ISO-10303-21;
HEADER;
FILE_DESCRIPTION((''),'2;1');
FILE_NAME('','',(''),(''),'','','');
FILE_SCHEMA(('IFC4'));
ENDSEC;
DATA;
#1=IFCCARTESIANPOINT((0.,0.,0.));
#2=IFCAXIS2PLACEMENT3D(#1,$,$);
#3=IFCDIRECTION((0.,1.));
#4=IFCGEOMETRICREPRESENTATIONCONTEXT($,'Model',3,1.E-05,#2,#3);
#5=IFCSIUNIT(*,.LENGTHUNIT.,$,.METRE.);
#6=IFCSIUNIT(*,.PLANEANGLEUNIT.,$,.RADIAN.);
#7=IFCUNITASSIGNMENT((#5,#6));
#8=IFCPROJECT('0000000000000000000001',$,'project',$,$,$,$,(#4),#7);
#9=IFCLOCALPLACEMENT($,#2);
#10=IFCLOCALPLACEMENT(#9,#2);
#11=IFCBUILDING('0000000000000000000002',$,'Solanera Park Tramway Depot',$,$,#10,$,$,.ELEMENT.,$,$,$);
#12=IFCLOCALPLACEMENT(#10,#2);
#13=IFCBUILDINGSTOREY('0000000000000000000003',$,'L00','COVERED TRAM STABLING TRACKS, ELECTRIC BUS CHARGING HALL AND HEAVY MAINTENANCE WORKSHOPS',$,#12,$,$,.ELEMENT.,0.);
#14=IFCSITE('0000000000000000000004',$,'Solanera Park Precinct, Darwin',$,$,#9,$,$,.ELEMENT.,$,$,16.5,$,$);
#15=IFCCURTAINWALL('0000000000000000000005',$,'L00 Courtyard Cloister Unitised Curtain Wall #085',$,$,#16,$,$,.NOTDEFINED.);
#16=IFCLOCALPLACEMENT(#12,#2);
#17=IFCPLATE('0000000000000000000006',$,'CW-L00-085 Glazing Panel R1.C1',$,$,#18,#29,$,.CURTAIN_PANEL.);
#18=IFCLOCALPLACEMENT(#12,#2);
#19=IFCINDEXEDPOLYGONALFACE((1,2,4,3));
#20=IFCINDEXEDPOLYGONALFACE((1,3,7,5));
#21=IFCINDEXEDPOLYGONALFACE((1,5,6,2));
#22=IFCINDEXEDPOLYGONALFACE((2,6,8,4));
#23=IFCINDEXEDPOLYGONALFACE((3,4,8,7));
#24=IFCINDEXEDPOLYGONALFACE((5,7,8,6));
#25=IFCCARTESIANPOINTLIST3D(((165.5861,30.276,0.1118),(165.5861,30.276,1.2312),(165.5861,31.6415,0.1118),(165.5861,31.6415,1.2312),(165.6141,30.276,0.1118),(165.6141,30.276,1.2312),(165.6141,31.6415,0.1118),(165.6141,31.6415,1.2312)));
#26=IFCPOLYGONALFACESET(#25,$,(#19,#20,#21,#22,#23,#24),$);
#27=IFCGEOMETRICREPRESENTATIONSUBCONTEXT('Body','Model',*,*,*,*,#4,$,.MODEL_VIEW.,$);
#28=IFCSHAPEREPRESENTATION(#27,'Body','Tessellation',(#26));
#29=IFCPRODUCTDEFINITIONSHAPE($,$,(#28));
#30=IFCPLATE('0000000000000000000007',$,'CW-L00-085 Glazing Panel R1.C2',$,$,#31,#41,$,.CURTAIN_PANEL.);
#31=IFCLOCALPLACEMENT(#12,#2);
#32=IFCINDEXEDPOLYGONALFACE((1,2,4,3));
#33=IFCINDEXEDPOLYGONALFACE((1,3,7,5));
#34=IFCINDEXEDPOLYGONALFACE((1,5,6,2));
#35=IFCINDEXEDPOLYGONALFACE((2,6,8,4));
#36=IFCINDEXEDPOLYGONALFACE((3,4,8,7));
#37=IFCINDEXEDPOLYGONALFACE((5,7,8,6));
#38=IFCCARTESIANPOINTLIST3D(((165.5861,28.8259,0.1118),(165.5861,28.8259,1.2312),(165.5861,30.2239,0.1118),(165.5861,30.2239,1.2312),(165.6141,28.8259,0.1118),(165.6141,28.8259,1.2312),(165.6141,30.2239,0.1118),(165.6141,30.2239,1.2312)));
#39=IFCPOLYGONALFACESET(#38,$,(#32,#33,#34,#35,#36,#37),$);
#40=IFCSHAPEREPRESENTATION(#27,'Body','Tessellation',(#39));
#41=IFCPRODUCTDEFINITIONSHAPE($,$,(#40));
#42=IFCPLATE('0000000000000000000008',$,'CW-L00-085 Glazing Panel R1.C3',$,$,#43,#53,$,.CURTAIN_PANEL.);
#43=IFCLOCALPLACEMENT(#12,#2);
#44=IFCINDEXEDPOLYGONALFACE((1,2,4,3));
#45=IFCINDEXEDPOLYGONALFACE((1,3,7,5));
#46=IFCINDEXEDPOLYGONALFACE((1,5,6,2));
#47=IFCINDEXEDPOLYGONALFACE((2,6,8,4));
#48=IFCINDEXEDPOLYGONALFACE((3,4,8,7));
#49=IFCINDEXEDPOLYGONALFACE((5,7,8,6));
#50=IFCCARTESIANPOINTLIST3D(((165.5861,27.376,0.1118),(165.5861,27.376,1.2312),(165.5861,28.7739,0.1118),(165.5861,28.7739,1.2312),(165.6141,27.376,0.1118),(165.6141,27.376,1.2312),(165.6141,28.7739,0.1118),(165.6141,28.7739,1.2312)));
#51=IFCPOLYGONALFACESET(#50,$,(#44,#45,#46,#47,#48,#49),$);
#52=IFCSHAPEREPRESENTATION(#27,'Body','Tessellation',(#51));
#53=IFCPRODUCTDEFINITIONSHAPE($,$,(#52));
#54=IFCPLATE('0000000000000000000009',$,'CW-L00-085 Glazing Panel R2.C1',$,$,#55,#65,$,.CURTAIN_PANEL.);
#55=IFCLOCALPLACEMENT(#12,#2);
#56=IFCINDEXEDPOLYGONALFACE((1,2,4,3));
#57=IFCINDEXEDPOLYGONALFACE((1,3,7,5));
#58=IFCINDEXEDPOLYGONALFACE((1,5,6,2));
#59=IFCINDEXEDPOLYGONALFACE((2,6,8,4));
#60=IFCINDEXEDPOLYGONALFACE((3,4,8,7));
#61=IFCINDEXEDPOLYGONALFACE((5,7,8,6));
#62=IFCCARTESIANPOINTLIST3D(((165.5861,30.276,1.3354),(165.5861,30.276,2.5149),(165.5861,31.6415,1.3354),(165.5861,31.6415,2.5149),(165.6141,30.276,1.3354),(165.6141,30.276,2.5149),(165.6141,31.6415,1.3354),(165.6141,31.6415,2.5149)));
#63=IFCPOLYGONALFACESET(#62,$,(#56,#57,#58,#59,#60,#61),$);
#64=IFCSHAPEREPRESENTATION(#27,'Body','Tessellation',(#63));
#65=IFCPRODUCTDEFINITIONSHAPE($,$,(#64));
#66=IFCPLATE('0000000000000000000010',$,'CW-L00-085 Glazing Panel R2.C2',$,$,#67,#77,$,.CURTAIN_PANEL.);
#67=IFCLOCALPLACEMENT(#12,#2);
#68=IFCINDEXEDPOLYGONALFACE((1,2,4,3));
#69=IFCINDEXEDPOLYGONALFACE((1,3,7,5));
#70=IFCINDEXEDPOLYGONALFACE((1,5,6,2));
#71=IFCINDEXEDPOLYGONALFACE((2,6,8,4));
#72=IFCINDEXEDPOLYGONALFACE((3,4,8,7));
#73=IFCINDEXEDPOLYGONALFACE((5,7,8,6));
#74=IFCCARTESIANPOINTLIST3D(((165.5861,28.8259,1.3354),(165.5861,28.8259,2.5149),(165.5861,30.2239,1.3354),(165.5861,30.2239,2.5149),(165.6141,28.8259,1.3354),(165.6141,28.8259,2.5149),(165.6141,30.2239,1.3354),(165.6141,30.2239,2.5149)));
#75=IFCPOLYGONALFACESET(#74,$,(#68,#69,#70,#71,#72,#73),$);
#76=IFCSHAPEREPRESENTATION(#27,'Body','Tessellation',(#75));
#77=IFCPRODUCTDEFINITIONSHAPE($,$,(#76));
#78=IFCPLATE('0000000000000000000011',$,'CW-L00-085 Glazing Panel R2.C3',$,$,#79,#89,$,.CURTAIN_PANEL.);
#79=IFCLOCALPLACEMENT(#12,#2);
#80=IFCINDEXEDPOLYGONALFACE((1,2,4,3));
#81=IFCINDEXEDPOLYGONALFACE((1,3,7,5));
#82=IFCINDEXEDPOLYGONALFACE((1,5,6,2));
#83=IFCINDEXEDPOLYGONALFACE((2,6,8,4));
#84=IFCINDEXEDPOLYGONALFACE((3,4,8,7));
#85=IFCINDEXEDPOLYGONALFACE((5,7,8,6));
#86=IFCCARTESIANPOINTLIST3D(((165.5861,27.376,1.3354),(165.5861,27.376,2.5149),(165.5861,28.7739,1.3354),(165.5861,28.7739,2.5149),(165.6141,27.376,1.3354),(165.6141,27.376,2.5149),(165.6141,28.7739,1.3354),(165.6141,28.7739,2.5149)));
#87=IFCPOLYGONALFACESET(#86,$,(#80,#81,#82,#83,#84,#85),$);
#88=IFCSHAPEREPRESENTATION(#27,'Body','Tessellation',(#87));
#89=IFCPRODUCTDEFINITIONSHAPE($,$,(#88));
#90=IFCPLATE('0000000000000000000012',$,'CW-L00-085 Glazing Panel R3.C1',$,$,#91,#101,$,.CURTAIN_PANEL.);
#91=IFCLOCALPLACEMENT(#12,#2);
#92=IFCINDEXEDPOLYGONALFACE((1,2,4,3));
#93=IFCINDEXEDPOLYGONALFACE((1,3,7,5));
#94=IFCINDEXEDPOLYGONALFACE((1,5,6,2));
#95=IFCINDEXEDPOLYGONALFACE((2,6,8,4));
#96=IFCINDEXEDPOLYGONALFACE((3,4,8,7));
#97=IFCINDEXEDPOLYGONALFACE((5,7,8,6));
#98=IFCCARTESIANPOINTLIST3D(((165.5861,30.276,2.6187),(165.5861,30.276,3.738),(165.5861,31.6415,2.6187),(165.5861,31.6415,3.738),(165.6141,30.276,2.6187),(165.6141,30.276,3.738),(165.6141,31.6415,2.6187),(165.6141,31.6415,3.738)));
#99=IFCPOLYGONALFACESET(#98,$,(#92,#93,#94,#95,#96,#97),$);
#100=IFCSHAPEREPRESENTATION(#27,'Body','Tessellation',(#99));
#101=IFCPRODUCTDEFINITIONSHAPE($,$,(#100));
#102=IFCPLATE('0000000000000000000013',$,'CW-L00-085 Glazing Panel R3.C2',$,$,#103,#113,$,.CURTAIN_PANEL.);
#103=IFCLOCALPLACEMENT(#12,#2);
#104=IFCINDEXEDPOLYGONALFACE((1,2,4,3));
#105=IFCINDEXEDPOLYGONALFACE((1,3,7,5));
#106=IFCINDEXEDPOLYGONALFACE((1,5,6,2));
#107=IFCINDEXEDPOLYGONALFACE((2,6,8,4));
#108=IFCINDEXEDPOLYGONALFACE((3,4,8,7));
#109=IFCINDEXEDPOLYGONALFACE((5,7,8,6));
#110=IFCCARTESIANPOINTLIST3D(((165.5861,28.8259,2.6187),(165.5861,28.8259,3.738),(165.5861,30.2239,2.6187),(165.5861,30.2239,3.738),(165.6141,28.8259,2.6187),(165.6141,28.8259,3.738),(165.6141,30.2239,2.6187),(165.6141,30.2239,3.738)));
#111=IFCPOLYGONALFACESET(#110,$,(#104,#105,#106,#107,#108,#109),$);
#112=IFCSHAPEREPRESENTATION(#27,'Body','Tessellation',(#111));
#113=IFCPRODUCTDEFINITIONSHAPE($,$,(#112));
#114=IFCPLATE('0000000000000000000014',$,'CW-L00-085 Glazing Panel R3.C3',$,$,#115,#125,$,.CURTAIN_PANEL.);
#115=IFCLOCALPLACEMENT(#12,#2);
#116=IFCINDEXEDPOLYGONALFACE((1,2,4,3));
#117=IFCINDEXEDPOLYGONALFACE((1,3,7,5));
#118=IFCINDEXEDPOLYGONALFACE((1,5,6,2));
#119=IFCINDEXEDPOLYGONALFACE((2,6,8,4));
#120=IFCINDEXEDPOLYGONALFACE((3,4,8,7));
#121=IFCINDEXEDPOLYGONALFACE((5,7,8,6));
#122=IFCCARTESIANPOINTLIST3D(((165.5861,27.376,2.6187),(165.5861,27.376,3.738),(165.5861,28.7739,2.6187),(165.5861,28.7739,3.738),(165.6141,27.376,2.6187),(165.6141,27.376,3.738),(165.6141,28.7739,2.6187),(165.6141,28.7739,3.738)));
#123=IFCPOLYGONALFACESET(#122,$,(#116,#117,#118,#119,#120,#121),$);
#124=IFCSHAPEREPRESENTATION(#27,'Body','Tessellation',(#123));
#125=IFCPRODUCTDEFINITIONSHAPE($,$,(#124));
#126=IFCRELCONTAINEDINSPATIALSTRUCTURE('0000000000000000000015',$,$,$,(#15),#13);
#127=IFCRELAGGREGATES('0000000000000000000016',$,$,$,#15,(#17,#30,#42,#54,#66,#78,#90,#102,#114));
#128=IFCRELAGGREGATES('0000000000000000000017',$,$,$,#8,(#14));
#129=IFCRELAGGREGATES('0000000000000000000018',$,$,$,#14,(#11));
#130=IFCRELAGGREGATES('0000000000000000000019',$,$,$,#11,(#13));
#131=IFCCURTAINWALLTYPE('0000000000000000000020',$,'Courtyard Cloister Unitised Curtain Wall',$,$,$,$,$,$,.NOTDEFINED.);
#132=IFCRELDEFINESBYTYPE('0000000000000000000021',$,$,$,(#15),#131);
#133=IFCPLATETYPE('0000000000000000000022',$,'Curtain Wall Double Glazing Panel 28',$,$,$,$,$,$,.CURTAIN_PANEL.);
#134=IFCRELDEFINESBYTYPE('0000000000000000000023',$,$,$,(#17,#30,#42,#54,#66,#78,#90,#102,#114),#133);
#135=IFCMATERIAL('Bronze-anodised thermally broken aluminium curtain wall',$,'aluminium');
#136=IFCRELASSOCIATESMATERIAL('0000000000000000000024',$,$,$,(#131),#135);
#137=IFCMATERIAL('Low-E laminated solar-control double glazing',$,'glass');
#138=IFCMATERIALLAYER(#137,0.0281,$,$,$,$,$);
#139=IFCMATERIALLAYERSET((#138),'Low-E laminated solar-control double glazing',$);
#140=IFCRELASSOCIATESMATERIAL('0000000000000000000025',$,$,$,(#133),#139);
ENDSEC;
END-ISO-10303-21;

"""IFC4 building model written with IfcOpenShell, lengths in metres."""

from ifc_helpers import new_model, si_unit, direction, frame, origin, origin_2d, place, context, subcontext, project, spatial, rectangle, extrude, material, layer, layer_set, type_object, element, aggregate, save


model = new_model("IFC4")

# Units and contexts
model_context = context("Model", 3, precision=1e-05, world=origin(), true_north=direction((0.0, 1.0)))
body_context = subcontext(model_context, "Body", "Model", "MODEL_VIEW")
ifc_project = project(units=[si_unit("LENGTHUNIT", "METRE"), si_unit("PLANEANGLEUNIT", "RADIAN")], contexts=[model_context])

# Site, building, storey
site_placement = place(None, origin())
site = spatial("IfcSite", under=ifc_project, at=site_placement, Name="Solanera Park Precinct, Darwin", CompositionType="ELEMENT", RefElevation=16.5)
building_placement = place(site_placement, origin())
building = spatial("IfcBuilding", under=site, at=building_placement, Name="Solanera Park Tramway Depot", CompositionType="ELEMENT")
storey_placement = place(building_placement, origin())
storey = spatial("IfcBuildingStorey", under=building, at=storey_placement, Name="L00", Description="COVERED TRAM STABLING TRACKS, ELECTRIC BUS CHARGING HALL AND HEAVY MAINTENANCE WORKSHOPS", CompositionType="ELEMENT", Elevation=0.0)

# Curtain wall, plates
ifc_material_1 = material(Name="Bronze-anodised thermally broken aluminium curtain wall", Category="aluminium")
curtain_wall_type = type_object("IfcCurtainWallType", Name="Courtyard Cloister Unitised Curtain Wall", PredefinedType="NOTDEFINED", material=ifc_material_1)
curtain_wall_placement = place(storey_placement, origin())
curtain_wall = element("IfcCurtainWall", 1, at=curtain_wall_placement, inside=storey, type_object=curtain_wall_type, Name="L00 Courtyard Cloister Unitised Curtain Wall #085", PredefinedType="NOTDEFINED")
ifc_material_2 = material(Name="Low-E laminated solar-control double glazing", Category="glass")
ifc_layer = layer(ifc_material_2, 0.0281)
ifc_layer_set = layer_set([ifc_layer], Name="Low-E laminated solar-control double glazing")
plate_type = type_object("IfcPlateType", Name="Curtain Wall Double Glazing Panel 28", PredefinedType="CURTAIN_PANEL", material=ifc_layer_set)
plate_1_placement = place(storey_placement, frame((165.6001, 30.9587, 0.1118), z_axis=(0.0, 0.0, 1.0), x_axis=(0.0, -1.0, 0.0)))
plate_1 = element("IfcPlate", 2, at=plate_1_placement, type_object=plate_type, Name="CW-L00-085 Glazing Panel R1.C1", PredefinedType="CURTAIN_PANEL", context=body_context, shape_type="SweptSolid", body=[
    extrude(rectangle(XDim=1.3655, YDim=0.0281, at=origin_2d()), origin(), (0.0, 0.0, 1.0), 1.1194),
])
plate_2_placement = place(storey_placement, frame((165.6001, 29.5249, 0.1118), z_axis=(0.0, 0.0, 1.0), x_axis=(0.0, -1.0, 0.0)))
plate_2 = element("IfcPlate", 3, at=plate_2_placement, type_object=plate_type, Name="CW-L00-085 Glazing Panel R1.C2", PredefinedType="CURTAIN_PANEL", context=body_context, shape_type="SweptSolid", body=[
    extrude(rectangle(XDim=1.3979, YDim=0.0281, at=origin_2d()), origin(), (0.0, 0.0, 1.0), 1.1194),
])
plate_3_placement = place(storey_placement, frame((165.6001, 28.075, 0.1118), z_axis=(0.0, 0.0, 1.0), x_axis=(0.0, -1.0, 0.0)))
plate_3 = element("IfcPlate", 4, at=plate_3_placement, type_object=plate_type, Name="CW-L00-085 Glazing Panel R1.C3", PredefinedType="CURTAIN_PANEL", context=body_context, shape_type="SweptSolid", body=[
    extrude(rectangle(XDim=1.3979, YDim=0.0281, at=origin_2d()), origin(), (0.0, 0.0, 1.0), 1.1194),
])
plate_4_placement = place(storey_placement, frame((165.6001, 30.9587, 1.3354), z_axis=(0.0, 0.0, 1.0), x_axis=(0.0, -1.0, 0.0)))
plate_4 = element("IfcPlate", 5, at=plate_4_placement, type_object=plate_type, Name="CW-L00-085 Glazing Panel R2.C1", PredefinedType="CURTAIN_PANEL", context=body_context, shape_type="SweptSolid", body=[
    extrude(rectangle(XDim=1.3655, YDim=0.0281, at=origin_2d()), origin(), (0.0, 0.0, 1.0), 1.1794),
])
plate_5_placement = place(storey_placement, frame((165.6001, 29.5249, 1.3354), z_axis=(0.0, 0.0, 1.0), x_axis=(0.0, -1.0, 0.0)))
plate_5 = element("IfcPlate", 6, at=plate_5_placement, type_object=plate_type, Name="CW-L00-085 Glazing Panel R2.C2", PredefinedType="CURTAIN_PANEL", context=body_context, shape_type="SweptSolid", body=[
    extrude(rectangle(XDim=1.3979, YDim=0.0281, at=origin_2d()), origin(), (0.0, 0.0, 1.0), 1.1794),
])
plate_6_placement = place(storey_placement, frame((165.6001, 28.075, 1.3354), z_axis=(0.0, 0.0, 1.0), x_axis=(0.0, -1.0, 0.0)))
plate_6 = element("IfcPlate", 7, at=plate_6_placement, type_object=plate_type, Name="CW-L00-085 Glazing Panel R2.C3", PredefinedType="CURTAIN_PANEL", context=body_context, shape_type="SweptSolid", body=[
    extrude(rectangle(XDim=1.3979, YDim=0.0281, at=origin_2d()), origin(), (0.0, 0.0, 1.0), 1.1794),
])
plate_7_placement = place(storey_placement, frame((165.6001, 30.9587, 2.6187), z_axis=(0.0, 0.0, 1.0), x_axis=(0.0, -1.0, 0.0)))
plate_7 = element("IfcPlate", 8, at=plate_7_placement, type_object=plate_type, Name="CW-L00-085 Glazing Panel R3.C1", PredefinedType="CURTAIN_PANEL", context=body_context, shape_type="SweptSolid", body=[
    extrude(rectangle(XDim=1.3655, YDim=0.0281, at=origin_2d()), origin(), (0.0, 0.0, 1.0), 1.1194),
])
plate_8_placement = place(storey_placement, frame((165.6001, 29.5249, 2.6187), z_axis=(0.0, 0.0, 1.0), x_axis=(0.0, -1.0, 0.0)))
plate_8 = element("IfcPlate", 9, at=plate_8_placement, type_object=plate_type, Name="CW-L00-085 Glazing Panel R3.C2", PredefinedType="CURTAIN_PANEL", context=body_context, shape_type="SweptSolid", body=[
    extrude(rectangle(XDim=1.3979, YDim=0.0281, at=origin_2d()), origin(), (0.0, 0.0, 1.0), 1.1194),
])
plate_9_placement = place(storey_placement, frame((165.6001, 28.075, 2.6187), z_axis=(0.0, 0.0, 1.0), x_axis=(0.0, -1.0, 0.0)))
plate_9 = element("IfcPlate", 10, at=plate_9_placement, type_object=plate_type, Name="CW-L00-085 Glazing Panel R3.C3", PredefinedType="CURTAIN_PANEL", context=body_context, shape_type="SweptSolid", body=[
    extrude(rectangle(XDim=1.3979, YDim=0.0281, at=origin_2d()), origin(), (0.0, 0.0, 1.0), 1.1194),
])
aggregate(curtain_wall, [plate_1, plate_2, plate_3, plate_4, plate_5, plate_6, plate_7, plate_8, plate_9])

save(model, "model.ifc")
